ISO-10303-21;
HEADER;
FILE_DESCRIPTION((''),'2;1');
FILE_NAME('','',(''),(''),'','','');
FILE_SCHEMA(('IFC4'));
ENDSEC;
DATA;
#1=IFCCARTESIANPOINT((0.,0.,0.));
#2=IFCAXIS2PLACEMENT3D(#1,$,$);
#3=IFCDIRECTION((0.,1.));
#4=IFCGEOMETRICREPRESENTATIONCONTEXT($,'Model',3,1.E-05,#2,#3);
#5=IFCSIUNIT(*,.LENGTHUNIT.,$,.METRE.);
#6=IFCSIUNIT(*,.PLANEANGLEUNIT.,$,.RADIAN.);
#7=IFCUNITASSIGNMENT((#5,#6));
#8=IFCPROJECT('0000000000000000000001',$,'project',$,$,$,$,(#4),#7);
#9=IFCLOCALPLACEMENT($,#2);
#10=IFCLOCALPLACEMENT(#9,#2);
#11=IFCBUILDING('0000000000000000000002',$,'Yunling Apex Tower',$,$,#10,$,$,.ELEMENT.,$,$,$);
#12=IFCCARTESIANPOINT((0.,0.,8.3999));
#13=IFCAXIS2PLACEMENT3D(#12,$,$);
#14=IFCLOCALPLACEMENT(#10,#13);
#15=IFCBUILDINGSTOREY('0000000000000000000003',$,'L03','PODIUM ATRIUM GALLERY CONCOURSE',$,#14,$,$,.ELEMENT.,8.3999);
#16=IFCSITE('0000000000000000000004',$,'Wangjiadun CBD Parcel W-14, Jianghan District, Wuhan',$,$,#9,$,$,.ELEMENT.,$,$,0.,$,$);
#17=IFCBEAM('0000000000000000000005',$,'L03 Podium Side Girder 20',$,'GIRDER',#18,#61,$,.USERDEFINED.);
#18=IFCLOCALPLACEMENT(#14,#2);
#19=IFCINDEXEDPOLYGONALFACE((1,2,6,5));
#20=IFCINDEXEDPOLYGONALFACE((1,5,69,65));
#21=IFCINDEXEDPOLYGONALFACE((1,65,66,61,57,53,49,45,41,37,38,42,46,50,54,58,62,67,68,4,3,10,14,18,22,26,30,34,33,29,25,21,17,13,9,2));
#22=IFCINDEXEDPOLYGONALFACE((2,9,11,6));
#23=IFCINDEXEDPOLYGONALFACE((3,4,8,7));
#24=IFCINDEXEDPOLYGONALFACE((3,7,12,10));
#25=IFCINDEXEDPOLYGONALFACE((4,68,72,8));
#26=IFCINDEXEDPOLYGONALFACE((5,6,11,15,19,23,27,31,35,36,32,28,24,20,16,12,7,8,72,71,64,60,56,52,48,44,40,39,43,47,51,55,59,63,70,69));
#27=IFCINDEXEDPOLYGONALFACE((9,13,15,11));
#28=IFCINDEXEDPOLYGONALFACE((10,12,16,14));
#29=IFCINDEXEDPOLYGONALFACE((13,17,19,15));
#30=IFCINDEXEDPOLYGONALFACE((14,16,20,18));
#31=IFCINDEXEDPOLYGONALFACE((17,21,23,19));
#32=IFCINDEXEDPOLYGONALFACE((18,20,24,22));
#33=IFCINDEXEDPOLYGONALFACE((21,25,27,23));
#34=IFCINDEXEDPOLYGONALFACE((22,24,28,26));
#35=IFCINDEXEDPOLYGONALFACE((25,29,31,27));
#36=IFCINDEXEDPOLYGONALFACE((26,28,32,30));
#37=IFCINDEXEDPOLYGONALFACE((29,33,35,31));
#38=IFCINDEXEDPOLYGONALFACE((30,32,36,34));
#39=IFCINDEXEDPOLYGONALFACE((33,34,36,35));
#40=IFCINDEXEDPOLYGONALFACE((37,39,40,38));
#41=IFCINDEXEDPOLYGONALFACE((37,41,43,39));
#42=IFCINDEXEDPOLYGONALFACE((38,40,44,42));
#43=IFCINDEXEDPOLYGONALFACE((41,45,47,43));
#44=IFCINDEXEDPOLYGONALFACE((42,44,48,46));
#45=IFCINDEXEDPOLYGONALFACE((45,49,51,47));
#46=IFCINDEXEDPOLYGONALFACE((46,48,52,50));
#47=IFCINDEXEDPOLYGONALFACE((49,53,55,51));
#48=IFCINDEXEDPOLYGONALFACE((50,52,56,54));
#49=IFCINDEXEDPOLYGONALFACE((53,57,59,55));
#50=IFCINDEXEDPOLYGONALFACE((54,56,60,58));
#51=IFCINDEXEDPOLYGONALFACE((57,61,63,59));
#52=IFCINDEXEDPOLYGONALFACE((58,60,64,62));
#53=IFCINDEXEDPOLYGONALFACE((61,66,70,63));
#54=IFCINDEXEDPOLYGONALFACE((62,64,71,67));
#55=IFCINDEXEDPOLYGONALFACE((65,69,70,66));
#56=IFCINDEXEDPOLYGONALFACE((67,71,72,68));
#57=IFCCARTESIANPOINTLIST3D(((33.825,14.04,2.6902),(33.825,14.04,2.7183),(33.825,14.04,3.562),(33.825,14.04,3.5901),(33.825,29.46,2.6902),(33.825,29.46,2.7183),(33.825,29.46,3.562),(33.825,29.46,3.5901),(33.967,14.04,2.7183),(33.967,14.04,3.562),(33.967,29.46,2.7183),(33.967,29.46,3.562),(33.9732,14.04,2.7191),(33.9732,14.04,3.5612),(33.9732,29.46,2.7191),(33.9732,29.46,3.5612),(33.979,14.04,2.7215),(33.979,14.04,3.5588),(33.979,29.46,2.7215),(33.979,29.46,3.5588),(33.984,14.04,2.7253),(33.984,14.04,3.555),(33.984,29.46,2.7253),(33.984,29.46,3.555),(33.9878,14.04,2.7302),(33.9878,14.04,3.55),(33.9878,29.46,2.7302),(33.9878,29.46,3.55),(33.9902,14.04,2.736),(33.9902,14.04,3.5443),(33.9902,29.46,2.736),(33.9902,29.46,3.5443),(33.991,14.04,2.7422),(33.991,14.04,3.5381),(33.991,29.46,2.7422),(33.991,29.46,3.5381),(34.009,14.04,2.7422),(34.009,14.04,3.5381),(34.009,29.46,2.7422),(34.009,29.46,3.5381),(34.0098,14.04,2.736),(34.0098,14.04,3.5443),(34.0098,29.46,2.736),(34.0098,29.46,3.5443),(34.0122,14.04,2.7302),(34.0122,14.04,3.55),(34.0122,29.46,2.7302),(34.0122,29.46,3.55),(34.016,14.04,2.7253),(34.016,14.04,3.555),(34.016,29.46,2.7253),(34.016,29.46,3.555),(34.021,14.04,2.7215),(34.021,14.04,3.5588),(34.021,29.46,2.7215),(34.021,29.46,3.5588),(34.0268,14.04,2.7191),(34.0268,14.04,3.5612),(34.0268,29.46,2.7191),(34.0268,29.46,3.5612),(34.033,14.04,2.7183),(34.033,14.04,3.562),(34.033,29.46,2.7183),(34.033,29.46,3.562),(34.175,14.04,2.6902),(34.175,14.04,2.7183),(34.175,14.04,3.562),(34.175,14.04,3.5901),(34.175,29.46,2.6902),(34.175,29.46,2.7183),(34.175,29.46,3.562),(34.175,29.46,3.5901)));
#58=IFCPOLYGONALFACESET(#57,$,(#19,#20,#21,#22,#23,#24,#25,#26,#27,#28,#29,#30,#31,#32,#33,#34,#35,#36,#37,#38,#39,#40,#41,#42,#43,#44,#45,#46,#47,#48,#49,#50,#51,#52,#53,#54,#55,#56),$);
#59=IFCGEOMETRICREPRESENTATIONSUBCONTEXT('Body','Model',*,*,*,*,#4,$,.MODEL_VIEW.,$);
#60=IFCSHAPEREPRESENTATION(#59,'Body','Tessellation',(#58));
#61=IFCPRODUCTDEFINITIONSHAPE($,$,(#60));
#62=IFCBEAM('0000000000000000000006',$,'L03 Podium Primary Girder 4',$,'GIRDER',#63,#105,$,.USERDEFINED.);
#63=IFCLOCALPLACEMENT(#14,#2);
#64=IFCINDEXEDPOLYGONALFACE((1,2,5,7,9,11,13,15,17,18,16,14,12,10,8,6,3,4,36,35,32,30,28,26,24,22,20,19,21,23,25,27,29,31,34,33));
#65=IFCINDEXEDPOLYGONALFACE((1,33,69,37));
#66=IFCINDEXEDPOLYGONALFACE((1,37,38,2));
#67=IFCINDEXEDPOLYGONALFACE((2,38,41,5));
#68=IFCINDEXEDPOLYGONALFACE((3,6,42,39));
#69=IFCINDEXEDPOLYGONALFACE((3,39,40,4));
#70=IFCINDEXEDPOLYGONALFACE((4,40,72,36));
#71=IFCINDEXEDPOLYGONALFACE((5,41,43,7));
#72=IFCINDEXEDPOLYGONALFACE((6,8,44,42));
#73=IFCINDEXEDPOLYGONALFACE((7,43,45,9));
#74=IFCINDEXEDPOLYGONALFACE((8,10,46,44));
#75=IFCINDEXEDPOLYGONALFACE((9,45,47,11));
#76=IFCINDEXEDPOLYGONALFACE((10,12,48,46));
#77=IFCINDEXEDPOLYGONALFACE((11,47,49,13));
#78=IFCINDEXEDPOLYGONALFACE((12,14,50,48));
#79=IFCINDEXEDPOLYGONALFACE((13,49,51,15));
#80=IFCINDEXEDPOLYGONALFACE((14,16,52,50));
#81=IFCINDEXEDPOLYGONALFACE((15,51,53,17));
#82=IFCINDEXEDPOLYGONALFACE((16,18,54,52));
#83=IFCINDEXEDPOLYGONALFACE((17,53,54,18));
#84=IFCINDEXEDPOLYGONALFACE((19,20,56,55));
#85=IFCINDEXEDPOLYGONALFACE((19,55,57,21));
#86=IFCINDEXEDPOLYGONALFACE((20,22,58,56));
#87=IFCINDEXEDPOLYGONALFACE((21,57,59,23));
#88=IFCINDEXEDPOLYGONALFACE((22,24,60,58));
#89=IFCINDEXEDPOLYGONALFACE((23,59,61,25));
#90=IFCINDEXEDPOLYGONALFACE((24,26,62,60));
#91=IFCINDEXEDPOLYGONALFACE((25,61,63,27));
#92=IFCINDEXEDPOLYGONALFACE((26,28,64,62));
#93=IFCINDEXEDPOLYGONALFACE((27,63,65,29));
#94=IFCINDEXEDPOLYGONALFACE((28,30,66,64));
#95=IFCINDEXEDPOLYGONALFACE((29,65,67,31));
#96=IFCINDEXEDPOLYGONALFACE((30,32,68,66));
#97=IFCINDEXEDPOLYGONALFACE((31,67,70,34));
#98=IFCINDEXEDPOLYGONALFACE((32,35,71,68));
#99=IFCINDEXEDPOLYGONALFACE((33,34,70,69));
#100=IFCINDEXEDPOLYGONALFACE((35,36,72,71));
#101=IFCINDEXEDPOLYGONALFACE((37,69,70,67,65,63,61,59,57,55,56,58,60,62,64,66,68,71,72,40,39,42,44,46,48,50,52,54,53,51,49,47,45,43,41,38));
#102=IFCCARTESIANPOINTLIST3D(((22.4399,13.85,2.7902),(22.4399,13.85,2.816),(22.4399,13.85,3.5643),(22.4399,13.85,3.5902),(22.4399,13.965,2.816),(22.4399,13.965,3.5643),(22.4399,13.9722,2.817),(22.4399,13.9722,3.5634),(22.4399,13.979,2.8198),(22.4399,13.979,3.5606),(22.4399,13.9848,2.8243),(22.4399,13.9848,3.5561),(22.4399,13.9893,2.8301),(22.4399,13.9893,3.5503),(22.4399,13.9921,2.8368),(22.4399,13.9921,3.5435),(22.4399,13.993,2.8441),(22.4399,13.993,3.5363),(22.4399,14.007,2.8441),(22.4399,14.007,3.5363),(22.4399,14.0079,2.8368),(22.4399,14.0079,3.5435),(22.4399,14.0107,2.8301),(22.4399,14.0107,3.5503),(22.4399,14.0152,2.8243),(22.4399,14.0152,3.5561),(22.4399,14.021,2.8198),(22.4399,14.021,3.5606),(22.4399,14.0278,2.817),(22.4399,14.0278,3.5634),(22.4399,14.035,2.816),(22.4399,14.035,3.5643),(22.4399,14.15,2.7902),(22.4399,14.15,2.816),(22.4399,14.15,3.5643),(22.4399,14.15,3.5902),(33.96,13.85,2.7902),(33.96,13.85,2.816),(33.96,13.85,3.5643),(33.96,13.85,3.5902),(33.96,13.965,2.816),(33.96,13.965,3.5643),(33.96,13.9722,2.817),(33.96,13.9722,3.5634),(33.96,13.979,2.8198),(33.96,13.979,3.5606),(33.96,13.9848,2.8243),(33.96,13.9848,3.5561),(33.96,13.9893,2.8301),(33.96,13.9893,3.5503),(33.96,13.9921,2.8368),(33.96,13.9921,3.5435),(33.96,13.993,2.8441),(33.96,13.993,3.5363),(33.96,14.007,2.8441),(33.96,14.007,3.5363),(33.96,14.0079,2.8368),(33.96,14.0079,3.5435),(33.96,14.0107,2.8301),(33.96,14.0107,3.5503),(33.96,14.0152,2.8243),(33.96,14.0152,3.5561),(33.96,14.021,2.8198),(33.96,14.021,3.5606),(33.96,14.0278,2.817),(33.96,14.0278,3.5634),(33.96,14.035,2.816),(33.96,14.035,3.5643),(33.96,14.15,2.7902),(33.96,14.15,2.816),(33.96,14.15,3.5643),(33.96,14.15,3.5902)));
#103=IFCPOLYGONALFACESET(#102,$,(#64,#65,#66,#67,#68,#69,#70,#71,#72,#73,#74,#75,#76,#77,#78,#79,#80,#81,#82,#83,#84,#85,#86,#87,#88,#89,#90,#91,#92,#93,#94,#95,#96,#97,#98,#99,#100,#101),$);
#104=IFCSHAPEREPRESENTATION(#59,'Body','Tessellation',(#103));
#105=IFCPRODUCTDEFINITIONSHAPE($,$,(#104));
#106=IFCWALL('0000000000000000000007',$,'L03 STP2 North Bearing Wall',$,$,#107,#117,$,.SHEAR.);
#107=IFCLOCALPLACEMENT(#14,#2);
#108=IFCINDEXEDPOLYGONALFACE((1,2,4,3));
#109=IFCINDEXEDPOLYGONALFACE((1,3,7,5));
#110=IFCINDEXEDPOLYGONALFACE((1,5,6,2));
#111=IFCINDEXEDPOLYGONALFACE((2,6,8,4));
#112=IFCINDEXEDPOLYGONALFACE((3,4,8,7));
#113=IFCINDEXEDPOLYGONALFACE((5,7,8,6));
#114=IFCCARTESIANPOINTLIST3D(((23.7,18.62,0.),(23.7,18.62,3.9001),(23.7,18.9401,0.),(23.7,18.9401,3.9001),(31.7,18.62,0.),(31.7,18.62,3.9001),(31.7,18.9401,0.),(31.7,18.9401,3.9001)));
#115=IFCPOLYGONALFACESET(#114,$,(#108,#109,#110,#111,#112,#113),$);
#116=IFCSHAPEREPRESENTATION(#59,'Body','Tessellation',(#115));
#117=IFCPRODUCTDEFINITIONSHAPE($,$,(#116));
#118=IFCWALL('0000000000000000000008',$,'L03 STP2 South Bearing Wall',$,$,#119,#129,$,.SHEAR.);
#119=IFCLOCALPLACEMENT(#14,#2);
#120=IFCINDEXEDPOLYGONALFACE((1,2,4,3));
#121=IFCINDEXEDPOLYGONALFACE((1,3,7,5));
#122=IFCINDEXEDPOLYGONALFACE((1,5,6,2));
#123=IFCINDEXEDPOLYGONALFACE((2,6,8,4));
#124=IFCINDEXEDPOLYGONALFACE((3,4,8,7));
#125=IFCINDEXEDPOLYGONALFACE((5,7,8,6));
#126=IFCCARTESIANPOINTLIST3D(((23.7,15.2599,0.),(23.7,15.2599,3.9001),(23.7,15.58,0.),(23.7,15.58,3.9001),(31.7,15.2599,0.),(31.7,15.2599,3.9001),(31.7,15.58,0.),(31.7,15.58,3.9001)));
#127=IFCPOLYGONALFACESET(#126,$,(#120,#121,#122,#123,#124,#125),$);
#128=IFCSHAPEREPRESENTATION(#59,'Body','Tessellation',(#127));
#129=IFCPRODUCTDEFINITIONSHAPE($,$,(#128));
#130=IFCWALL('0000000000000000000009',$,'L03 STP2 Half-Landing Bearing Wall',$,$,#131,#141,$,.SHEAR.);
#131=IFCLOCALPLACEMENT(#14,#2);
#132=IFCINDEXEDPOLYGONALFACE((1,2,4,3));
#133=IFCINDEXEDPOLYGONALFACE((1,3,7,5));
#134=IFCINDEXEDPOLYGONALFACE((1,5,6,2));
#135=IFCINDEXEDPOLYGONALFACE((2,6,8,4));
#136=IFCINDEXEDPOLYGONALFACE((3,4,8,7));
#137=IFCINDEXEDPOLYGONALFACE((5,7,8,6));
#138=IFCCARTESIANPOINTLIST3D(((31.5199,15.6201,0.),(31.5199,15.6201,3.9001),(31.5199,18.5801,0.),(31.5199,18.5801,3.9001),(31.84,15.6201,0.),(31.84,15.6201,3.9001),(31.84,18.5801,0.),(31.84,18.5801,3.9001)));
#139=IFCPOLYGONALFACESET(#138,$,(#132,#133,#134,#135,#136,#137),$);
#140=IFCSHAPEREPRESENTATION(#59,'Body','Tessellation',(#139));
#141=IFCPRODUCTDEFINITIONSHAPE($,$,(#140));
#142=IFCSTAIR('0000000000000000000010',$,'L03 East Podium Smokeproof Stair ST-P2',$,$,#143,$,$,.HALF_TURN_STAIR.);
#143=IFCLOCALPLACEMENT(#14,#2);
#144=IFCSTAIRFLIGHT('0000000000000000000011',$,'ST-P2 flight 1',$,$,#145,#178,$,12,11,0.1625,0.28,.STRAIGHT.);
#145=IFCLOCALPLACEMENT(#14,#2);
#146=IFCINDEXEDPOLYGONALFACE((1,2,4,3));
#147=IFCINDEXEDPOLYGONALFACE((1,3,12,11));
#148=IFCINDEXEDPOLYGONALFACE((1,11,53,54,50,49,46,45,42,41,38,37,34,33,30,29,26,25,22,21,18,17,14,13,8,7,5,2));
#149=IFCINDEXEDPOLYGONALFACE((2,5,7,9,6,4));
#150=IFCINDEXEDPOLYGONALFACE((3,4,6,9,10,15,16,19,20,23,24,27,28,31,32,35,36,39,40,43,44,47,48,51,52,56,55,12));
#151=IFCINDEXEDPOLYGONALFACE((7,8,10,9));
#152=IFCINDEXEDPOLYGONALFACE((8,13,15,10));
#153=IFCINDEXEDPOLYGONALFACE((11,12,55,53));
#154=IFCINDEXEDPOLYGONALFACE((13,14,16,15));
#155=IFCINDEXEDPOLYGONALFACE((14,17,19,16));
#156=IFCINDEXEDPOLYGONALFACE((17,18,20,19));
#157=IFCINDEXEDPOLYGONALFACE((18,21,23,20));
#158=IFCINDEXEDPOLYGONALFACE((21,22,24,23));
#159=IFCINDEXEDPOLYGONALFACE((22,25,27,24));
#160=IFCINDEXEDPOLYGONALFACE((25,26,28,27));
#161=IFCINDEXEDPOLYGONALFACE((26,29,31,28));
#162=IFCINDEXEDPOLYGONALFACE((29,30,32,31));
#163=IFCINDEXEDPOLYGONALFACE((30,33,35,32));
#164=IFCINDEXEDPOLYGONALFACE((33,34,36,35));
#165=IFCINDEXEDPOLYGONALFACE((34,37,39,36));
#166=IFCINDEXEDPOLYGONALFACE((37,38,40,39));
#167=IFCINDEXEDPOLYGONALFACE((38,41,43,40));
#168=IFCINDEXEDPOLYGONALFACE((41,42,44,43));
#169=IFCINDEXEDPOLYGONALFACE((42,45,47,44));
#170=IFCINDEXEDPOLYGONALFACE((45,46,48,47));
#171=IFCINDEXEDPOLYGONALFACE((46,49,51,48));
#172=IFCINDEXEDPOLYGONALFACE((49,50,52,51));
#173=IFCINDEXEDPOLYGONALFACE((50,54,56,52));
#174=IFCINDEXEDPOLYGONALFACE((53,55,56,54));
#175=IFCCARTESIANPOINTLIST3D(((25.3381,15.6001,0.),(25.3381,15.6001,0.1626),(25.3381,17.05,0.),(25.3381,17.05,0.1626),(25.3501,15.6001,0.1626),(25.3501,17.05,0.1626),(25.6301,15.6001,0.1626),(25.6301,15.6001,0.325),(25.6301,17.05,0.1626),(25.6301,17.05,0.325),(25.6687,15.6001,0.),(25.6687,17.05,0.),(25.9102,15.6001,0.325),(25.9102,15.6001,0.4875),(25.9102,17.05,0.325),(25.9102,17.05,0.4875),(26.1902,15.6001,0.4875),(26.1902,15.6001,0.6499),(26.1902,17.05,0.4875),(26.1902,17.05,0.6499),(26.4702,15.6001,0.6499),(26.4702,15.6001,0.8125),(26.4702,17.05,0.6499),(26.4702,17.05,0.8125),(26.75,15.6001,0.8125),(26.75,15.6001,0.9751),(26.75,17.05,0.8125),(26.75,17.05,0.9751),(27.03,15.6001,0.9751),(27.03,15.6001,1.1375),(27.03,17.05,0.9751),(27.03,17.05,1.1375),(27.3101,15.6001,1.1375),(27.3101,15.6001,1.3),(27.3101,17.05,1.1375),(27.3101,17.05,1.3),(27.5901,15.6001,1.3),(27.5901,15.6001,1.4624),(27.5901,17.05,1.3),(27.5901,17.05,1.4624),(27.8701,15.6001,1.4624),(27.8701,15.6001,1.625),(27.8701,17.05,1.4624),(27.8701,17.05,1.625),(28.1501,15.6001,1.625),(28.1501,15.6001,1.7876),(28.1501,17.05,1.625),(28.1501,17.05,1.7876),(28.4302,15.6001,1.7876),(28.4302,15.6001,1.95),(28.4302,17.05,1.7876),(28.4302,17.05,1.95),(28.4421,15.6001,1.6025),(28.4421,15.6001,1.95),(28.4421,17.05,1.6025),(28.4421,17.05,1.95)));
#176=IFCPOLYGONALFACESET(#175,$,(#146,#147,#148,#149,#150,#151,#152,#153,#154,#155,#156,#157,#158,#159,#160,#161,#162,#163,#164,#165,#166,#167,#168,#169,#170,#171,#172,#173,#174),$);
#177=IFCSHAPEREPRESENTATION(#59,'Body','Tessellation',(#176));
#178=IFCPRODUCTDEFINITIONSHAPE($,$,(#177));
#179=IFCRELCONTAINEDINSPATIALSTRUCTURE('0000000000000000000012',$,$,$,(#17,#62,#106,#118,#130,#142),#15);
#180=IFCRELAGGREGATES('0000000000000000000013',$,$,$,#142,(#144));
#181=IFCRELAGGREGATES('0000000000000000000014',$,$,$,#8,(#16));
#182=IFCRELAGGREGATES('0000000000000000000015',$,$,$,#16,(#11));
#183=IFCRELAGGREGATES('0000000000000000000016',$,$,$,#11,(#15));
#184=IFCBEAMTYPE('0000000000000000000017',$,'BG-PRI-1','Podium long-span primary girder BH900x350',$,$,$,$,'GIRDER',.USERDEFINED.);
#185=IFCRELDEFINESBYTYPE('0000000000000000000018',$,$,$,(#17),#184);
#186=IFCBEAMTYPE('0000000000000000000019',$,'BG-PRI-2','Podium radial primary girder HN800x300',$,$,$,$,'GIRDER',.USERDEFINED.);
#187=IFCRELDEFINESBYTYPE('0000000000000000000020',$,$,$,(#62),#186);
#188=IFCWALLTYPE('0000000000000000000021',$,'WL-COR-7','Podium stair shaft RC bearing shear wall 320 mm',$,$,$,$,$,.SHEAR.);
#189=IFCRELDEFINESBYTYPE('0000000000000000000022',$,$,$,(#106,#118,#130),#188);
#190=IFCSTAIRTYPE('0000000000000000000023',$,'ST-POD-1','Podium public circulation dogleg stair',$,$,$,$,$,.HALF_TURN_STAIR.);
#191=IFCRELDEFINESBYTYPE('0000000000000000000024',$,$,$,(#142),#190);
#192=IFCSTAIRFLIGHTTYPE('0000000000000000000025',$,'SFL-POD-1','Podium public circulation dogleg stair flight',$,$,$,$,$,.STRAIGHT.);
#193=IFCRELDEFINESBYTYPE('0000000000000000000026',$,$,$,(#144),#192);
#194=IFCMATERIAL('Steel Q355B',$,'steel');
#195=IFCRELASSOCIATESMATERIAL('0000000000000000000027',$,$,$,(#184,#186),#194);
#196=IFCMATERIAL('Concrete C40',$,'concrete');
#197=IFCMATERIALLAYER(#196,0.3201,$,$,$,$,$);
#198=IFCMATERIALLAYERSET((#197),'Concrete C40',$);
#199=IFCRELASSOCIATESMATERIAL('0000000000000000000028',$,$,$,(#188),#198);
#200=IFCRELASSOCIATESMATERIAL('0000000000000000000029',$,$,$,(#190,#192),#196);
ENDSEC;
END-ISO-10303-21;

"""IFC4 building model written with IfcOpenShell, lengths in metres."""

from ifc_helpers import new_model, si_unit, direction, frame, frame_2d, origin, origin_2d, place, context, subcontext, project, spatial, polyline, rectangle, i_section, outline, extrude, source, transform, mapped, material, layer, layer_set, material_profile, profile_set, type_object, element, aggregate, save


model = new_model("IFC4")

# Units and contexts
model_context = context("Model", 3, precision=1e-05, world=origin(), true_north=direction((0.0, 1.0)))
body_context = subcontext(model_context, "Body", "Model", "MODEL_VIEW")
ifc_project = project(units=[si_unit("LENGTHUNIT", "METRE"), si_unit("PLANEANGLEUNIT", "RADIAN")], contexts=[model_context])

# Site, building, storey
site_placement = place(None, origin())
site = spatial("IfcSite", under=ifc_project, at=site_placement, Name="Wangjiadun CBD Parcel W-14, Jianghan District, Wuhan", CompositionType="ELEMENT", RefElevation=0.0)
building_placement = place(site_placement, origin())
building = spatial("IfcBuilding", under=site, at=building_placement, Name="Yunling Apex Tower", CompositionType="ELEMENT")
storey_placement = place(building_placement, frame((0.0, 0.0, 8.3999)))
storey = spatial("IfcBuildingStorey", under=building, at=storey_placement, Name="L03", Description="PODIUM ATRIUM GALLERY CONCOURSE", CompositionType="ELEMENT", Elevation=8.3999)

# Beams
ifc_material_1 = material(Name="Steel Q355B", Category="steel")
ifc_material_profile_1 = material_profile(ifc_material_1, i_section(OverallWidth=0.3501, OverallDepth=0.8999, WebThickness=0.0181, FlangeThickness=0.0281, FilletRadius=0.0239, at=origin_2d()))
ifc_profile_set_1 = profile_set([ifc_material_profile_1], Name="Steel Q355B")
beam_type_1 = type_object("IfcBeamType", Name="BG-PRI-1", Description="Podium long-span primary girder BH900x350", ElementType="GIRDER", PredefinedType="USERDEFINED", material=ifc_profile_set_1)
shared_shape_1 = source(origin(), body_context, "Body", "SweptSolid", [
    extrude(i_section(OverallWidth=0.3501, OverallDepth=0.8999, WebThickness=0.0181, FlangeThickness=0.0281, FilletRadius=0.0239, at=origin_2d()), origin(), (0.0, 0.0, 1.0), 15.4199),
])
beam_1_placement = place(storey_placement, frame((34.0, 14.04, 3.1401), z_axis=(0.0, 1.0, 0.0), x_axis=(-1.0, 0.0, 0.0)))
element("IfcBeam", 1, at=beam_1_placement, inside=storey, type_object=beam_type_1, Name="L03 Podium Side Girder 20", ObjectType="GIRDER", PredefinedType="USERDEFINED", context=body_context, shape_type="MappedRepresentation", body=[
    mapped(shared_shape_1, transform((0.0, 0.0, 0.0), scale=1.0)),
])
ifc_material_profile_2 = material_profile(ifc_material_1, i_section(OverallWidth=0.3, OverallDepth=0.8, WebThickness=0.0139, FlangeThickness=0.0259, FilletRadius=0.0281, at=origin_2d()))
ifc_profile_set_2 = profile_set([ifc_material_profile_2], Name="Steel Q355B")
beam_type_2 = type_object("IfcBeamType", Name="BG-PRI-2", Description="Podium radial primary girder HN800x300", ElementType="GIRDER", PredefinedType="USERDEFINED", material=ifc_profile_set_2)
shared_shape_2 = source(origin(), body_context, "Body", "SweptSolid", [
    extrude(i_section(OverallWidth=0.3, OverallDepth=0.8, WebThickness=0.0139, FlangeThickness=0.0259, FilletRadius=0.0281, at=origin_2d()), origin(), (0.0, 0.0, 1.0), 11.52),
])
beam_2_placement = place(storey_placement, frame((22.4399, 14.0, 3.1902), z_axis=(1.0, 0.0, 0.0), x_axis=(0.0, 1.0, 0.0)))
element("IfcBeam", 2, at=beam_2_placement, inside=storey, type_object=beam_type_2, Name="L03 Podium Primary Girder 4", ObjectType="GIRDER", PredefinedType="USERDEFINED", context=body_context, shape_type="MappedRepresentation", body=[
    mapped(shared_shape_2, transform((0.0, 0.0, 0.0), scale=1.0)),
])

# Walls
ifc_material_2 = material(Name="Concrete C40", Category="concrete")
ifc_layer_1 = layer(ifc_material_2, 0.3201)
ifc_layer_set_1 = layer_set([ifc_layer_1], Name="Concrete C40")
wall_type_1 = type_object("IfcWallType", Name="WL-COR-7", Description="Podium stair shaft RC bearing shear wall 320 mm", PredefinedType="SHEAR", material=ifc_layer_set_1)
for number, where, z_axis, x_axis, name in (
    (3, (23.7, 18.78, 0.0), (0.0, 0.0, 1.0), (1.0, 0.0, 0.0), "L03 STP2 North Bearing Wall"),
    (4, (23.7, 15.4199, 0.0), (0.0, 0.0, 1.0), (1.0, 0.0, 0.0), "L03 STP2 South Bearing Wall"),
):
    element("IfcWall", number, at=place(storey_placement, frame(where, z_axis=z_axis, x_axis=x_axis)), inside=storey, type_object=wall_type_1, Name=name, PredefinedType="SHEAR", context=body_context, shape_type="SweptSolid", body=[
        extrude(rectangle(XDim=8.0, YDim=0.3201, at=frame_2d((4.0, 0.0))), origin(), (0.0, 0.0, 1.0), 3.9001),
    ])
wall_1_placement = place(storey_placement, frame((31.6799, 15.6201, 0.0), z_axis=(0.0, 0.0, 1.0), x_axis=(0.0, 1.0, 0.0)))
element("IfcWall", 5, at=wall_1_placement, inside=storey, type_object=wall_type_1, Name="L03 STP2 Half-Landing Bearing Wall", PredefinedType="SHEAR", context=body_context, shape_type="SweptSolid", body=[
    extrude(rectangle(XDim=2.96, YDim=0.3201, at=frame_2d((1.48, 0.0))), origin(), (0.0, 0.0, 1.0), 3.9001),
])

# Stair, stair flight
stair_type = type_object("IfcStairType", Name="ST-POD-1", Description="Podium public circulation dogleg stair", PredefinedType="HALF_TURN_STAIR", material=ifc_material_2)
stair_placement = place(storey_placement, origin())
stair = element("IfcStair", 6, at=stair_placement, inside=storey, type_object=stair_type, Name="L03 East Podium Smokeproof Stair ST-P2", PredefinedType="HALF_TURN_STAIR")
stair_flight_type = type_object("IfcStairFlightType", Name="SFL-POD-1", Description="Podium public circulation dogleg stair flight", PredefinedType="STRAIGHT", material=ifc_material_2)
stair_flight_1_placement = place(storey_placement, frame((25.3501, 16.325, 0.0), z_axis=(0.0, 0.0, 1.0), x_axis=(1.0, 0.0, 0.0)))
stair_flight_1 = element("IfcStairFlight", 7, at=stair_flight_1_placement, type_object=stair_flight_type, Name="ST-P2 flight 1", NumberOfRisers=12, NumberOfTreads=11, PredefinedType="STRAIGHT", RiserHeight=0.1625, TreadLength=0.28, context=body_context, shape_type="SweptSolid", body=[
    extrude(outline(polyline([(-0.012, 0.0), (-0.012, 0.1626), (0.0, 0.1626), (0.28, 0.1626), (0.28, 0.325), (0.5601, 0.325), (0.5601, 0.4875), (0.8401, 0.4875), (0.8401, 0.6499), (1.1201, 0.6499), (1.1201, 0.8125), (1.3999, 0.8125), (1.3999, 0.9751), (1.6799, 0.9751), (1.6799, 1.1375), (1.96, 1.1375), (1.96, 1.3), (2.24, 1.3), (2.24, 1.4624), (2.52, 1.4624), (2.52, 1.625), (2.8, 1.625), (2.8, 1.7876), (3.0801, 1.7876), (3.0801, 1.95), (3.092, 1.95), (3.092, 1.6025), (0.3186, 0.0), (-0.012, 0.0)])), frame((0.0, 0.7251, 0.0), z_axis=(0.0, -1.0, 0.0), x_axis=(1.0, 0.0, 0.0)), (0.0, 0.0, 1.0), 1.45),
])
aggregate(stair, [stair_flight_1])

save(model, "model.ifc")
